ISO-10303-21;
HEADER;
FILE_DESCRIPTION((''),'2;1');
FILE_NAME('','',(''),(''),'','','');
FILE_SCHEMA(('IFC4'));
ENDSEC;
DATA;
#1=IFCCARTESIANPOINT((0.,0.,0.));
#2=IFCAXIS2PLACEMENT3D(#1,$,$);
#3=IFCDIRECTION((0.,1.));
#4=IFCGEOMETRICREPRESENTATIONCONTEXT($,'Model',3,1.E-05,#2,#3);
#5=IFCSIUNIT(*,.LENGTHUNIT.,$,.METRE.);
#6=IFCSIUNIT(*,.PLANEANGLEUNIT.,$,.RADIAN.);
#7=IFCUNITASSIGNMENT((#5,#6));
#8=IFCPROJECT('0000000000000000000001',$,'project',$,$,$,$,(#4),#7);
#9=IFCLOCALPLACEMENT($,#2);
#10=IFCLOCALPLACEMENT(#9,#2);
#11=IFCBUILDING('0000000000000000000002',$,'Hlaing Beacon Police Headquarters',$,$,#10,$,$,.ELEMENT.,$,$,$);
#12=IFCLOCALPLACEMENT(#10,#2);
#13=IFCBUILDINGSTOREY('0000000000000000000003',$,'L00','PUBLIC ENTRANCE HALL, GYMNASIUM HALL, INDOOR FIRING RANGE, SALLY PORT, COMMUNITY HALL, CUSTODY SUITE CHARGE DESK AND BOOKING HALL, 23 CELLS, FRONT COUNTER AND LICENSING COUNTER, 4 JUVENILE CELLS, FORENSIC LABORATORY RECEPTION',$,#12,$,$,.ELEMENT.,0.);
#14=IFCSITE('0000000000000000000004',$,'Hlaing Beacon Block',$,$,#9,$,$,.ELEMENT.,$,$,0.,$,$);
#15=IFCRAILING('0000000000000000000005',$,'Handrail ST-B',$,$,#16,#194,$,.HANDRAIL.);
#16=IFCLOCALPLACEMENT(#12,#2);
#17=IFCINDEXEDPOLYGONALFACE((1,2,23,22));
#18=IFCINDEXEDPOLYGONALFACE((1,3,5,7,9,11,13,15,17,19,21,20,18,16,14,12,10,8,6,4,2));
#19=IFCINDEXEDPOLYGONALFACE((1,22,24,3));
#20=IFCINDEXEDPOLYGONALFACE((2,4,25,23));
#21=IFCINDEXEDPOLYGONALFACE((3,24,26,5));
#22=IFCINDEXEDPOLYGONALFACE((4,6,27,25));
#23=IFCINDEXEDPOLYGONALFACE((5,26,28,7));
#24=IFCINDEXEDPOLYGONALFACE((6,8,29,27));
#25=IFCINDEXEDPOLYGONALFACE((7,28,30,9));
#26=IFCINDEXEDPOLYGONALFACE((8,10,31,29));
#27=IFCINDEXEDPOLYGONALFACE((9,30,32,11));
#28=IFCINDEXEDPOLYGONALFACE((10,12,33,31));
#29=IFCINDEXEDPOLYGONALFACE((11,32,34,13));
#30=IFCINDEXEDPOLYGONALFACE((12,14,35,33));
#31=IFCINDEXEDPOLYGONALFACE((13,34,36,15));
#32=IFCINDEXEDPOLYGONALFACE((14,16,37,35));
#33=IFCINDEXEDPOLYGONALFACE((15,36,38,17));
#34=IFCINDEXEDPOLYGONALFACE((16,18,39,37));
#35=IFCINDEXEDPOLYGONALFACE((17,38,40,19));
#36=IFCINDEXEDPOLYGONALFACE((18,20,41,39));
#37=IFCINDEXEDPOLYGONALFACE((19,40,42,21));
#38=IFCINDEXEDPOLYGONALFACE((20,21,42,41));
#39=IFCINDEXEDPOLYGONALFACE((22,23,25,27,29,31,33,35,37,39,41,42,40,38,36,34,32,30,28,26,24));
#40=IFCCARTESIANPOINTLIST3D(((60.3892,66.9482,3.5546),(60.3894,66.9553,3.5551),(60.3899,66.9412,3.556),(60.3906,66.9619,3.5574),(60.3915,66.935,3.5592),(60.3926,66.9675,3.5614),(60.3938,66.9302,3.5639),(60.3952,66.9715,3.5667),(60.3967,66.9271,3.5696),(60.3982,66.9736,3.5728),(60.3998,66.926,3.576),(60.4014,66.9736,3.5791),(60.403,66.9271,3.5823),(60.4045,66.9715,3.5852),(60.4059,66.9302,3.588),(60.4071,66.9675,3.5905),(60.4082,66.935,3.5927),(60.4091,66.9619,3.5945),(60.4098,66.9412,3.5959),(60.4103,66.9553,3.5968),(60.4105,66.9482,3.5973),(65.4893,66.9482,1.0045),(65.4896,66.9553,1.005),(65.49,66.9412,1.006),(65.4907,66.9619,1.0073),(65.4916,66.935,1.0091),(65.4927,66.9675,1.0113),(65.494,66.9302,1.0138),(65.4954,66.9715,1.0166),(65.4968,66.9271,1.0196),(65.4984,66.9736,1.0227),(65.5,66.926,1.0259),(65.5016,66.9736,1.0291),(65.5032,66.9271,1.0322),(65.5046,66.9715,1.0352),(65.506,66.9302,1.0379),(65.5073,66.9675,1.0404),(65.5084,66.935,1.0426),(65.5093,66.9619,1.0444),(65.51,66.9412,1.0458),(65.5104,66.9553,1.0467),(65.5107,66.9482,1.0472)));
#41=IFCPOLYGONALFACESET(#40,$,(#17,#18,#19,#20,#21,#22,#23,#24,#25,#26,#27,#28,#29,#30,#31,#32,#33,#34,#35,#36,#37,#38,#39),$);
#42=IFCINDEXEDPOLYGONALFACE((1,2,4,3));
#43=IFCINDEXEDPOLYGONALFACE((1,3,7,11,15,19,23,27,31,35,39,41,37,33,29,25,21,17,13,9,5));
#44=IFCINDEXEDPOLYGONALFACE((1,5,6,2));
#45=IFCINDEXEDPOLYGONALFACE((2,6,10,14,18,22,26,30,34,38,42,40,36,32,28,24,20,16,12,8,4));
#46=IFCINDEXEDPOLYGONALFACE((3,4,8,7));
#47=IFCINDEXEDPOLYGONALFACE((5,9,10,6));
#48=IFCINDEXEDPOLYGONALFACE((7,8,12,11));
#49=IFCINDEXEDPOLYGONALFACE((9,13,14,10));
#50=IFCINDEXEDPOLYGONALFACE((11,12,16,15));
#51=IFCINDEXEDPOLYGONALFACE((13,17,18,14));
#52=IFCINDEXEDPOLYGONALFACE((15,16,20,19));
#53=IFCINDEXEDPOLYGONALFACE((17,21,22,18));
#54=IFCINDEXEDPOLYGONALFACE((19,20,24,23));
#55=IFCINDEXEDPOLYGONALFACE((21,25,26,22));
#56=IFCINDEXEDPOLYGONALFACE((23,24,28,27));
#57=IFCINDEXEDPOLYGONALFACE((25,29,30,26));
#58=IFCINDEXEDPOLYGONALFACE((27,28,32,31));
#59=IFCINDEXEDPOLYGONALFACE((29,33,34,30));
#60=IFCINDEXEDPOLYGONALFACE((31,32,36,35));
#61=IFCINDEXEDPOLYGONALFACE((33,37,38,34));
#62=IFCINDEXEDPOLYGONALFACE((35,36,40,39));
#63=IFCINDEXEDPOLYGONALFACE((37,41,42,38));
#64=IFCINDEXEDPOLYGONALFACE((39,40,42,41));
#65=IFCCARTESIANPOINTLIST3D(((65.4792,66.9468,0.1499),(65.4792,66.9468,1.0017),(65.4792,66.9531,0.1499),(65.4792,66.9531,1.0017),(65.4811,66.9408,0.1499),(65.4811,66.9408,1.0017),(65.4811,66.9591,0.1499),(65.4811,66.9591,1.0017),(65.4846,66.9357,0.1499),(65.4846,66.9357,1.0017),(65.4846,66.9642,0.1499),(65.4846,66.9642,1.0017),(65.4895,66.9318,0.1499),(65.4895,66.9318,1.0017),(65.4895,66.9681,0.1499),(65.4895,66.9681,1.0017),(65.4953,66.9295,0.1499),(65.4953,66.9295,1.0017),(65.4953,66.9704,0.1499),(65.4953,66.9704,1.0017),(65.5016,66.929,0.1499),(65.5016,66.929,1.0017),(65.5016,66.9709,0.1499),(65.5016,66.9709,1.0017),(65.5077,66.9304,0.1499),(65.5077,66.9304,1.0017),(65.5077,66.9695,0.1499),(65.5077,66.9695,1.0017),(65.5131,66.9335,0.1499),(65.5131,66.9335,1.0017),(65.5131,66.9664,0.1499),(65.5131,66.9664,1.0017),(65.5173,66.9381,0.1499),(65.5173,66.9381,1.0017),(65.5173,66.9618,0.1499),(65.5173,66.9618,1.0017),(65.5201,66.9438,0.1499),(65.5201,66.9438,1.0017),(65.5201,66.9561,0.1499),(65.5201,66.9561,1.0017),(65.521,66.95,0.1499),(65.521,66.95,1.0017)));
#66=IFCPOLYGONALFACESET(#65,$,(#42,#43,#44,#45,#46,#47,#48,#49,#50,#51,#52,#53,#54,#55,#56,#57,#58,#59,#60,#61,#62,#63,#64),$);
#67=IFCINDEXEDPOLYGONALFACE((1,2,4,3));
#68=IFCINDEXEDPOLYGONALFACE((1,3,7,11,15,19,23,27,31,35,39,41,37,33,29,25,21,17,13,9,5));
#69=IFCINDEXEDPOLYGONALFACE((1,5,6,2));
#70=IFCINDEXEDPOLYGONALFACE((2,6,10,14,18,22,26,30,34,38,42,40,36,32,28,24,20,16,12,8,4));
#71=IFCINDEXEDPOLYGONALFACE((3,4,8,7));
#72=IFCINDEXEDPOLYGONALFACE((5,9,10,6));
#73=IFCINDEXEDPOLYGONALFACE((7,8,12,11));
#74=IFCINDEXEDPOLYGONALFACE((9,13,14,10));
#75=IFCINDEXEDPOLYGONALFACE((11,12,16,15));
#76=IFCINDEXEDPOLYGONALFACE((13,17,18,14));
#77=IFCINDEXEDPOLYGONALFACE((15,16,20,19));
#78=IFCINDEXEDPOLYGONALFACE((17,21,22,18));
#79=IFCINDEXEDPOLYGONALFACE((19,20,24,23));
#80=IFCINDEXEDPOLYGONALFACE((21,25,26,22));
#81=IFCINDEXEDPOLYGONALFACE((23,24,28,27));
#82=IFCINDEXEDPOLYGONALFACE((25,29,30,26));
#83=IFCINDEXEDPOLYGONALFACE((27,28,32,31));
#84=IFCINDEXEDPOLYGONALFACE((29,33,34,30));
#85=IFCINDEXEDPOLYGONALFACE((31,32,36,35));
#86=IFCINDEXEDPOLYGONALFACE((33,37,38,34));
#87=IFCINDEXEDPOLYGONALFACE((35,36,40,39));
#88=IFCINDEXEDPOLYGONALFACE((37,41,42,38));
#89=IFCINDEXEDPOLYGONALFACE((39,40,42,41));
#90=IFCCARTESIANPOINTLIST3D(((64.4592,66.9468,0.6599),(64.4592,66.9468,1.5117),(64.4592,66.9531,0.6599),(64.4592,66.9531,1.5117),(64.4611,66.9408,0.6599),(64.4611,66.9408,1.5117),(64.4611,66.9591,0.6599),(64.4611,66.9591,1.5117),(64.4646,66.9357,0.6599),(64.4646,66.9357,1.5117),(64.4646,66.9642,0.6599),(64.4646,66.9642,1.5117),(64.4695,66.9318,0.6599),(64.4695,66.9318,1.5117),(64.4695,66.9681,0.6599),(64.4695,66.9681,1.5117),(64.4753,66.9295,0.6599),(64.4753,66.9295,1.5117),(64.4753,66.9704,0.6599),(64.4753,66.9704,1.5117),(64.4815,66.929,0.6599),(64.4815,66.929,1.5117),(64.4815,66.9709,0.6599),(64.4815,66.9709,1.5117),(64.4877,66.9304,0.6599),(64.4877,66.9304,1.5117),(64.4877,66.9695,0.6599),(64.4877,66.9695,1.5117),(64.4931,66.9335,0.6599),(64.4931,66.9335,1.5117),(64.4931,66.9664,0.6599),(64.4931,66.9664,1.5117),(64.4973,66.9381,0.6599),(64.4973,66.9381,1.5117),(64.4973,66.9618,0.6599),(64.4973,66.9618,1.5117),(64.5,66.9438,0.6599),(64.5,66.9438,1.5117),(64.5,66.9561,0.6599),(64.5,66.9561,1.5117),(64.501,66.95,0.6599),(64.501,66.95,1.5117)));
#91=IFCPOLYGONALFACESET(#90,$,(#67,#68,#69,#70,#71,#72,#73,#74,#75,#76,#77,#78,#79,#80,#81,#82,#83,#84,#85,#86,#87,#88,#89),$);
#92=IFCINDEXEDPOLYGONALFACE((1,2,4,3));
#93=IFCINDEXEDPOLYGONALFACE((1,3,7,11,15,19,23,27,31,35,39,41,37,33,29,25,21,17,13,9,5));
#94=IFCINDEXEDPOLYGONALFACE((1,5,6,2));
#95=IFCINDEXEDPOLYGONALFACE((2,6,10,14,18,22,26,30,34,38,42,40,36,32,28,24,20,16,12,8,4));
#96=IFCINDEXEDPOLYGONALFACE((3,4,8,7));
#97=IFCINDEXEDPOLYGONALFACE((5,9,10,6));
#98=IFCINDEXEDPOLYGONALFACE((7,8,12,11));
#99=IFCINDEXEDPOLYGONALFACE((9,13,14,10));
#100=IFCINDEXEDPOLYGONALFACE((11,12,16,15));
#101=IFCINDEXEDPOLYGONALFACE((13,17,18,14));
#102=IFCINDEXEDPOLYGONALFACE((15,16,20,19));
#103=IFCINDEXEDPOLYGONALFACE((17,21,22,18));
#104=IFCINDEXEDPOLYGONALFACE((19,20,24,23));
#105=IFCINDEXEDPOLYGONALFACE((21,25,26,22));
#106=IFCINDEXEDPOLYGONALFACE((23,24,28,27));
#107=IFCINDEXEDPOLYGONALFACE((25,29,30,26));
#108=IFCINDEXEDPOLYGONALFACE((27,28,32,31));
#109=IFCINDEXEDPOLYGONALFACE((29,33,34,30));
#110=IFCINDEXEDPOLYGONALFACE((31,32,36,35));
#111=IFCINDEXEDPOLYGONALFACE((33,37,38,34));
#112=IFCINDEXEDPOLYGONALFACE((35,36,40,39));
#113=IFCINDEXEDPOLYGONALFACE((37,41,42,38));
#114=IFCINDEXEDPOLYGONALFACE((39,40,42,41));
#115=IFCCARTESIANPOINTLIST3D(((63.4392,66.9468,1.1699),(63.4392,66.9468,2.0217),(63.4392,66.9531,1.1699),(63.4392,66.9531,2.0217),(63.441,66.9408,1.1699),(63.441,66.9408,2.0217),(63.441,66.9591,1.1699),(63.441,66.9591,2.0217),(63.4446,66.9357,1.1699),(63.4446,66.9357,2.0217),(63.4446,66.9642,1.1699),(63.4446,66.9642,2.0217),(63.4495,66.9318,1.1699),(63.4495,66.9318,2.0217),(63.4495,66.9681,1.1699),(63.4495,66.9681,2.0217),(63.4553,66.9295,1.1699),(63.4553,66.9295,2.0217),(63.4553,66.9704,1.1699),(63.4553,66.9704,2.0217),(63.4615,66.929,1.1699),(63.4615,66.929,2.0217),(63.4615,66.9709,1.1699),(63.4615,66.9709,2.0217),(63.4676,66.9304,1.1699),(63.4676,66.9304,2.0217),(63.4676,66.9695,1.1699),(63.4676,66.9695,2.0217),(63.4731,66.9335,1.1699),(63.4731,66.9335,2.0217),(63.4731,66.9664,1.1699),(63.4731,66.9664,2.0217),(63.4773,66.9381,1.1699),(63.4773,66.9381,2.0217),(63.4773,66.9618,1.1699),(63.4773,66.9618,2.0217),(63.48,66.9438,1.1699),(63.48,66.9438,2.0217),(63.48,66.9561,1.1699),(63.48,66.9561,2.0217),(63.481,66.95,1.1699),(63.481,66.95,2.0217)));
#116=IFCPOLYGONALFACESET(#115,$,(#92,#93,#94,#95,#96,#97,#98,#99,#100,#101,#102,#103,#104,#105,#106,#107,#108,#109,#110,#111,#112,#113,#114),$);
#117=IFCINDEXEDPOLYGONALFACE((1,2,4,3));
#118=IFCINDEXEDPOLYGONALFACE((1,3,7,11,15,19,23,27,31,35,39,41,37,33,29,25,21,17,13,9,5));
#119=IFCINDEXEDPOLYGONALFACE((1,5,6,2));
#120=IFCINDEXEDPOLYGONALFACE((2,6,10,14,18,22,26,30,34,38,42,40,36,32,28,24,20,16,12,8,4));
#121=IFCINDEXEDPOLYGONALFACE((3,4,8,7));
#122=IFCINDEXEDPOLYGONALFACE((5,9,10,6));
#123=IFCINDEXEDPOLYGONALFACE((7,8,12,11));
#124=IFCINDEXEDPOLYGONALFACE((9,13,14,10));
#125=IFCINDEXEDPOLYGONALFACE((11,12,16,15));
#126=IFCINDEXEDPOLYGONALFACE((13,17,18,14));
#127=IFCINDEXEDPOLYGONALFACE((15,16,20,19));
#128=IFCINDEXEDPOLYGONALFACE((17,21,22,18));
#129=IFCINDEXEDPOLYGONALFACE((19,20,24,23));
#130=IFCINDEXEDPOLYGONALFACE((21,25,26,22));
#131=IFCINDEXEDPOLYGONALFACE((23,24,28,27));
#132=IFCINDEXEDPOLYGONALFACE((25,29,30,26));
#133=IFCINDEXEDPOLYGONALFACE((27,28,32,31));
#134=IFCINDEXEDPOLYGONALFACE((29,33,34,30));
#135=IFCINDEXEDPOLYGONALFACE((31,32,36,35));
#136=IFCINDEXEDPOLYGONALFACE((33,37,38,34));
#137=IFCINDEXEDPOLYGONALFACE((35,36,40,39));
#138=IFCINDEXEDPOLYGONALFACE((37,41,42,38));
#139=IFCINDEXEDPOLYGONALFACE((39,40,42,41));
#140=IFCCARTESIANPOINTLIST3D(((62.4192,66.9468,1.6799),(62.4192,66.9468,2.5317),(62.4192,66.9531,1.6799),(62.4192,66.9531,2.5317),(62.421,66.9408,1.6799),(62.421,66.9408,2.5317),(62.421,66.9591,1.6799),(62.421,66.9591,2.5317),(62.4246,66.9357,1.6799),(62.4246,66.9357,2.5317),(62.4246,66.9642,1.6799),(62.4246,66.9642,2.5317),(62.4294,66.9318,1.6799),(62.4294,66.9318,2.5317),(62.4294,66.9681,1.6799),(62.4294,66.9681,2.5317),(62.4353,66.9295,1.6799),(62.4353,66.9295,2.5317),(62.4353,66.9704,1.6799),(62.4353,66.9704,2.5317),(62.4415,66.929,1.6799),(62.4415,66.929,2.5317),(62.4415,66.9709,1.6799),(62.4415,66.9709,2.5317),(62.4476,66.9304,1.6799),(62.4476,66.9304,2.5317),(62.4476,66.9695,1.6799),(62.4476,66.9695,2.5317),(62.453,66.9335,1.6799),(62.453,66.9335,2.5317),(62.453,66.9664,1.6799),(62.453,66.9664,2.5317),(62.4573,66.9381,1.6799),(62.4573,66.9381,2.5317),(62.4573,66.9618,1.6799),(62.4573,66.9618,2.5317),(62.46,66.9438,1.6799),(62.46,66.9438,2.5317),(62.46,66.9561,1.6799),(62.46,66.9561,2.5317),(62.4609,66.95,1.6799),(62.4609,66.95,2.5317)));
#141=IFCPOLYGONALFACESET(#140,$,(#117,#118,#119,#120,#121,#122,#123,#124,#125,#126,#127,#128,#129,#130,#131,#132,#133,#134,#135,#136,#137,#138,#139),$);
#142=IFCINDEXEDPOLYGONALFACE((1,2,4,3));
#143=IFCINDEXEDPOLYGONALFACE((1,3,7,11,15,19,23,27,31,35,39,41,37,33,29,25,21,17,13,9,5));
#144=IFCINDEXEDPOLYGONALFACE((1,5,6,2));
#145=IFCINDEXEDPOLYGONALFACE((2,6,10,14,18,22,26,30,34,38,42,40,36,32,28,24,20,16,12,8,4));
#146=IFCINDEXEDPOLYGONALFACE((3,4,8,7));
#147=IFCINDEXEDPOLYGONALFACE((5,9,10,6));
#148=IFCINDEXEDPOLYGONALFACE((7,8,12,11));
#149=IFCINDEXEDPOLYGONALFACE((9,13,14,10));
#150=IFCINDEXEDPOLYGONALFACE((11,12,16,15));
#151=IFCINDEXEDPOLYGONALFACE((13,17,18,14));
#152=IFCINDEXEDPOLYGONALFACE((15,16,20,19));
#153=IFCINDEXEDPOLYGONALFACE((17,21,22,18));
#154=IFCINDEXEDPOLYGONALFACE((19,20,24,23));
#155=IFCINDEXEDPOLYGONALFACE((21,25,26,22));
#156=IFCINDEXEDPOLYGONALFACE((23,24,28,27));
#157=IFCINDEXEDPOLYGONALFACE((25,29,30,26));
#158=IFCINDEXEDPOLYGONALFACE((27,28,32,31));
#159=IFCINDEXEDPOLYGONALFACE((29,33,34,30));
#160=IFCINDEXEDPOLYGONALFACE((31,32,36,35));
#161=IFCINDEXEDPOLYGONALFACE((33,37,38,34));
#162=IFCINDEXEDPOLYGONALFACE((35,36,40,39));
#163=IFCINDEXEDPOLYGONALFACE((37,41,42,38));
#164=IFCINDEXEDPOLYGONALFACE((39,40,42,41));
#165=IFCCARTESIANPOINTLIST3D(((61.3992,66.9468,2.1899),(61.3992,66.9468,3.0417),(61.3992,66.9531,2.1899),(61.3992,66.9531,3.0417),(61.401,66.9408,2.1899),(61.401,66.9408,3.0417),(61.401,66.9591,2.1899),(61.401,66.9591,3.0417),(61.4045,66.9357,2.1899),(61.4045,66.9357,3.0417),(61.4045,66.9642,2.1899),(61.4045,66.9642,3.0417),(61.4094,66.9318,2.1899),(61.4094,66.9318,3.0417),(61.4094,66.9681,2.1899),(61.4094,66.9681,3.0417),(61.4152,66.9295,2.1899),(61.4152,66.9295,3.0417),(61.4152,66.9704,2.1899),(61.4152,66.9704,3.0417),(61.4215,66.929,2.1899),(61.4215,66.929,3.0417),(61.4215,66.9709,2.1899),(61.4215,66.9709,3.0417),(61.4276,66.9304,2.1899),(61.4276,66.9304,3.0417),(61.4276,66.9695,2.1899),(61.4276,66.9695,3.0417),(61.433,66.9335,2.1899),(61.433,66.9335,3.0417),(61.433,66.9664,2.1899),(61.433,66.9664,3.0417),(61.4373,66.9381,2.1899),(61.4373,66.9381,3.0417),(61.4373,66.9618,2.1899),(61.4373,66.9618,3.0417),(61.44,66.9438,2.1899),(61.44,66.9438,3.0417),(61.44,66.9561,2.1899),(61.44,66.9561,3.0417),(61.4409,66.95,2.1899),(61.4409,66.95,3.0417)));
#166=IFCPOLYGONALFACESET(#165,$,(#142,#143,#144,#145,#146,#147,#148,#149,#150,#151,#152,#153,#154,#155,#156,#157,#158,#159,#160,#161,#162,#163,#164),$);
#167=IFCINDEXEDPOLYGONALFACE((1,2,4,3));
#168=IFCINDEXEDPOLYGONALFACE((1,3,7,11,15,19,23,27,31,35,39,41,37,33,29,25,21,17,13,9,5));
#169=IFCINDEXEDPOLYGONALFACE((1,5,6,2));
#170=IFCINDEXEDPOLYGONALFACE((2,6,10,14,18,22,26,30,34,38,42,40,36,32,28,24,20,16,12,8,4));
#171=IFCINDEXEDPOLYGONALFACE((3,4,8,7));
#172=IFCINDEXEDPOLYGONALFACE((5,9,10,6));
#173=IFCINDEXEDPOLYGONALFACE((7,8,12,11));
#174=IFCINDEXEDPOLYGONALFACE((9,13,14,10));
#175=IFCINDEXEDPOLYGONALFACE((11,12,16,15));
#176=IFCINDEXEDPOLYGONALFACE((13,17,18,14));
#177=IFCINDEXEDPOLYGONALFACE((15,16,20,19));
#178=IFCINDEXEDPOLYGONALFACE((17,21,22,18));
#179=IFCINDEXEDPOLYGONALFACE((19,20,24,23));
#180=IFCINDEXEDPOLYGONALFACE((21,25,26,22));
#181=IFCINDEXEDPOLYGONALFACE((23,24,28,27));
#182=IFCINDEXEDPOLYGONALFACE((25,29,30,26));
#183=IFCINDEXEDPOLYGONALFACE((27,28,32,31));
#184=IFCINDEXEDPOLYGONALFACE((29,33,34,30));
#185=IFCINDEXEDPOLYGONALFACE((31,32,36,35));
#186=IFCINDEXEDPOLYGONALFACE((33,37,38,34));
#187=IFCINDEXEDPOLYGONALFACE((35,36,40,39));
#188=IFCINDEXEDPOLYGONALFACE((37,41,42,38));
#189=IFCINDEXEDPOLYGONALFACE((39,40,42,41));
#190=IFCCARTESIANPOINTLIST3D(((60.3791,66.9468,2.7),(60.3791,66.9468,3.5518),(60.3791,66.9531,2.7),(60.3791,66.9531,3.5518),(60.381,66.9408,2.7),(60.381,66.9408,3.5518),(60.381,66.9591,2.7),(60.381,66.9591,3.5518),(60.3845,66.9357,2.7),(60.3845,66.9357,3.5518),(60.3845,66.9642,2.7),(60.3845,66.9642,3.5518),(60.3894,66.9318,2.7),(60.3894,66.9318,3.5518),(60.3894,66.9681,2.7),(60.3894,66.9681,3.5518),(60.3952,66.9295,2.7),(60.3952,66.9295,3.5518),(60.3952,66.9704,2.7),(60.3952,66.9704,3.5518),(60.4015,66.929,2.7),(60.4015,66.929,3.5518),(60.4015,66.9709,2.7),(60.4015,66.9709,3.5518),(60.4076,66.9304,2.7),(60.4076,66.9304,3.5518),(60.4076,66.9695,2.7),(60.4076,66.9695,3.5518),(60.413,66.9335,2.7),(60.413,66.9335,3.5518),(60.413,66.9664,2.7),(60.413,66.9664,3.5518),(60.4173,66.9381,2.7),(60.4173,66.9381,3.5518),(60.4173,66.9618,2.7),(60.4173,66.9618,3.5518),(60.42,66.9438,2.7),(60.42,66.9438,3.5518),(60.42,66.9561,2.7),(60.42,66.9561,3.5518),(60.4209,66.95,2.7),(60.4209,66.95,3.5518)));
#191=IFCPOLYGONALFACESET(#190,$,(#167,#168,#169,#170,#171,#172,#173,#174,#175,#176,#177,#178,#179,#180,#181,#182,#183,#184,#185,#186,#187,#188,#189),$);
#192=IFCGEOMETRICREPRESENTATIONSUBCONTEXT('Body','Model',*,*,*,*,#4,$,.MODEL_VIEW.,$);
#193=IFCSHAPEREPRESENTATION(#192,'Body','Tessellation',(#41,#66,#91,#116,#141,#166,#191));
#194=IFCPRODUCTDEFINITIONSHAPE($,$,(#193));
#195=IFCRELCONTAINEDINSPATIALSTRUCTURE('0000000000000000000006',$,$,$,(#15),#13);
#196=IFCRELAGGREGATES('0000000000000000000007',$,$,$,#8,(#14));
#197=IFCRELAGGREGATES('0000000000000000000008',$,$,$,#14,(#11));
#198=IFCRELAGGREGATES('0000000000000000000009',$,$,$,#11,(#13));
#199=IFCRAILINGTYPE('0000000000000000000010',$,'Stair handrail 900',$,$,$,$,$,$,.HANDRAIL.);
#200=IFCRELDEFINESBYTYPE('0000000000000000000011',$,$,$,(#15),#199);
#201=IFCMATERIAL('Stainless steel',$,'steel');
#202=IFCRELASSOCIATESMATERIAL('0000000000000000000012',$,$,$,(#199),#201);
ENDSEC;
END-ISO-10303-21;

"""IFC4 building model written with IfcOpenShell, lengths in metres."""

from ifc_helpers import new_model, si_unit, direction, frame, origin, origin_2d, place, context, subcontext, project, spatial, circle, extrude, material, type_object, element, save


model = new_model("IFC4")

# Units and contexts
model_context = context("Model", 3, precision=1e-05, world=origin(), true_north=direction((0.0, 1.0)))
body_context = subcontext(model_context, "Body", "Model", "MODEL_VIEW")
ifc_project = project(units=[si_unit("LENGTHUNIT", "METRE"), si_unit("PLANEANGLEUNIT", "RADIAN")], contexts=[model_context])

# Site, building, storey
site_placement = place(None, origin())
site = spatial("IfcSite", under=ifc_project, at=site_placement, Name="Hlaing Beacon Block", CompositionType="ELEMENT", RefElevation=0.0)
building_placement = place(site_placement, origin())
building = spatial("IfcBuilding", under=site, at=building_placement, Name="Hlaing Beacon Police Headquarters", CompositionType="ELEMENT")
storey_placement = place(building_placement, origin())
storey = spatial("IfcBuildingStorey", under=building, at=storey_placement, Name="L00", Description="PUBLIC ENTRANCE HALL, GYMNASIUM HALL, INDOOR FIRING RANGE, SALLY PORT, COMMUNITY HALL, CUSTODY SUITE CHARGE DESK AND BOOKING HALL, 23 CELLS, FRONT COUNTER AND LICENSING COUNTER, 4 JUVENILE CELLS, FORENSIC LABORATORY RECEPTION", CompositionType="ELEMENT", Elevation=0.0)

# Railing
ifc_material_1 = material(Name="Stainless steel", Category="steel")
railing_type_1 = type_object("IfcRailingType", Name="Stair handrail 900", PredefinedType="HANDRAIL", material=ifc_material_1)
for number, where, name in (
    (1, (65.5, 66.95, 0.1499), "Handrail ST-B"),
):
    element("IfcRailing", number, at=place(storey_placement, frame(where)), inside=storey, type_object=railing_type_1, Name=name, PredefinedType="HANDRAIL", context=body_context, shape_type="SweptSolid", body=[
        extrude(circle(Radius=0.0239, at=origin_2d()), frame((0.0, 0.0, 0.876), z_axis=(-0.894427, 0.0, 0.447214), x_axis=(0.0, -1.0, 0.0)), (0.0, 0.0, 1.0), 5.7021),
        extrude(circle(Radius=0.021, at=origin_2d()), origin(), (0.0, 0.0, 1.0), 0.8518),
        extrude(circle(Radius=0.021, at=origin_2d()), frame((-1.02, 0.0, 0.51)), (0.0, 0.0, 1.0), 0.8518),
        extrude(circle(Radius=0.021, at=origin_2d()), frame((-2.04, 0.0, 1.02)), (0.0, 0.0, 1.0), 0.8518),
        extrude(circle(Radius=0.021, at=origin_2d()), frame((-3.0601, 0.0, 1.53)), (0.0, 0.0, 1.0), 0.8518),
        extrude(circle(Radius=0.021, at=origin_2d()), frame((-4.0801, 0.0, 2.04)), (0.0, 0.0, 1.0), 0.8518),
        extrude(circle(Radius=0.021, at=origin_2d()), frame((-5.1001, 0.0, 2.55)), (0.0, 0.0, 1.0), 0.8518),
    ])

save(model, "model.ifc")
